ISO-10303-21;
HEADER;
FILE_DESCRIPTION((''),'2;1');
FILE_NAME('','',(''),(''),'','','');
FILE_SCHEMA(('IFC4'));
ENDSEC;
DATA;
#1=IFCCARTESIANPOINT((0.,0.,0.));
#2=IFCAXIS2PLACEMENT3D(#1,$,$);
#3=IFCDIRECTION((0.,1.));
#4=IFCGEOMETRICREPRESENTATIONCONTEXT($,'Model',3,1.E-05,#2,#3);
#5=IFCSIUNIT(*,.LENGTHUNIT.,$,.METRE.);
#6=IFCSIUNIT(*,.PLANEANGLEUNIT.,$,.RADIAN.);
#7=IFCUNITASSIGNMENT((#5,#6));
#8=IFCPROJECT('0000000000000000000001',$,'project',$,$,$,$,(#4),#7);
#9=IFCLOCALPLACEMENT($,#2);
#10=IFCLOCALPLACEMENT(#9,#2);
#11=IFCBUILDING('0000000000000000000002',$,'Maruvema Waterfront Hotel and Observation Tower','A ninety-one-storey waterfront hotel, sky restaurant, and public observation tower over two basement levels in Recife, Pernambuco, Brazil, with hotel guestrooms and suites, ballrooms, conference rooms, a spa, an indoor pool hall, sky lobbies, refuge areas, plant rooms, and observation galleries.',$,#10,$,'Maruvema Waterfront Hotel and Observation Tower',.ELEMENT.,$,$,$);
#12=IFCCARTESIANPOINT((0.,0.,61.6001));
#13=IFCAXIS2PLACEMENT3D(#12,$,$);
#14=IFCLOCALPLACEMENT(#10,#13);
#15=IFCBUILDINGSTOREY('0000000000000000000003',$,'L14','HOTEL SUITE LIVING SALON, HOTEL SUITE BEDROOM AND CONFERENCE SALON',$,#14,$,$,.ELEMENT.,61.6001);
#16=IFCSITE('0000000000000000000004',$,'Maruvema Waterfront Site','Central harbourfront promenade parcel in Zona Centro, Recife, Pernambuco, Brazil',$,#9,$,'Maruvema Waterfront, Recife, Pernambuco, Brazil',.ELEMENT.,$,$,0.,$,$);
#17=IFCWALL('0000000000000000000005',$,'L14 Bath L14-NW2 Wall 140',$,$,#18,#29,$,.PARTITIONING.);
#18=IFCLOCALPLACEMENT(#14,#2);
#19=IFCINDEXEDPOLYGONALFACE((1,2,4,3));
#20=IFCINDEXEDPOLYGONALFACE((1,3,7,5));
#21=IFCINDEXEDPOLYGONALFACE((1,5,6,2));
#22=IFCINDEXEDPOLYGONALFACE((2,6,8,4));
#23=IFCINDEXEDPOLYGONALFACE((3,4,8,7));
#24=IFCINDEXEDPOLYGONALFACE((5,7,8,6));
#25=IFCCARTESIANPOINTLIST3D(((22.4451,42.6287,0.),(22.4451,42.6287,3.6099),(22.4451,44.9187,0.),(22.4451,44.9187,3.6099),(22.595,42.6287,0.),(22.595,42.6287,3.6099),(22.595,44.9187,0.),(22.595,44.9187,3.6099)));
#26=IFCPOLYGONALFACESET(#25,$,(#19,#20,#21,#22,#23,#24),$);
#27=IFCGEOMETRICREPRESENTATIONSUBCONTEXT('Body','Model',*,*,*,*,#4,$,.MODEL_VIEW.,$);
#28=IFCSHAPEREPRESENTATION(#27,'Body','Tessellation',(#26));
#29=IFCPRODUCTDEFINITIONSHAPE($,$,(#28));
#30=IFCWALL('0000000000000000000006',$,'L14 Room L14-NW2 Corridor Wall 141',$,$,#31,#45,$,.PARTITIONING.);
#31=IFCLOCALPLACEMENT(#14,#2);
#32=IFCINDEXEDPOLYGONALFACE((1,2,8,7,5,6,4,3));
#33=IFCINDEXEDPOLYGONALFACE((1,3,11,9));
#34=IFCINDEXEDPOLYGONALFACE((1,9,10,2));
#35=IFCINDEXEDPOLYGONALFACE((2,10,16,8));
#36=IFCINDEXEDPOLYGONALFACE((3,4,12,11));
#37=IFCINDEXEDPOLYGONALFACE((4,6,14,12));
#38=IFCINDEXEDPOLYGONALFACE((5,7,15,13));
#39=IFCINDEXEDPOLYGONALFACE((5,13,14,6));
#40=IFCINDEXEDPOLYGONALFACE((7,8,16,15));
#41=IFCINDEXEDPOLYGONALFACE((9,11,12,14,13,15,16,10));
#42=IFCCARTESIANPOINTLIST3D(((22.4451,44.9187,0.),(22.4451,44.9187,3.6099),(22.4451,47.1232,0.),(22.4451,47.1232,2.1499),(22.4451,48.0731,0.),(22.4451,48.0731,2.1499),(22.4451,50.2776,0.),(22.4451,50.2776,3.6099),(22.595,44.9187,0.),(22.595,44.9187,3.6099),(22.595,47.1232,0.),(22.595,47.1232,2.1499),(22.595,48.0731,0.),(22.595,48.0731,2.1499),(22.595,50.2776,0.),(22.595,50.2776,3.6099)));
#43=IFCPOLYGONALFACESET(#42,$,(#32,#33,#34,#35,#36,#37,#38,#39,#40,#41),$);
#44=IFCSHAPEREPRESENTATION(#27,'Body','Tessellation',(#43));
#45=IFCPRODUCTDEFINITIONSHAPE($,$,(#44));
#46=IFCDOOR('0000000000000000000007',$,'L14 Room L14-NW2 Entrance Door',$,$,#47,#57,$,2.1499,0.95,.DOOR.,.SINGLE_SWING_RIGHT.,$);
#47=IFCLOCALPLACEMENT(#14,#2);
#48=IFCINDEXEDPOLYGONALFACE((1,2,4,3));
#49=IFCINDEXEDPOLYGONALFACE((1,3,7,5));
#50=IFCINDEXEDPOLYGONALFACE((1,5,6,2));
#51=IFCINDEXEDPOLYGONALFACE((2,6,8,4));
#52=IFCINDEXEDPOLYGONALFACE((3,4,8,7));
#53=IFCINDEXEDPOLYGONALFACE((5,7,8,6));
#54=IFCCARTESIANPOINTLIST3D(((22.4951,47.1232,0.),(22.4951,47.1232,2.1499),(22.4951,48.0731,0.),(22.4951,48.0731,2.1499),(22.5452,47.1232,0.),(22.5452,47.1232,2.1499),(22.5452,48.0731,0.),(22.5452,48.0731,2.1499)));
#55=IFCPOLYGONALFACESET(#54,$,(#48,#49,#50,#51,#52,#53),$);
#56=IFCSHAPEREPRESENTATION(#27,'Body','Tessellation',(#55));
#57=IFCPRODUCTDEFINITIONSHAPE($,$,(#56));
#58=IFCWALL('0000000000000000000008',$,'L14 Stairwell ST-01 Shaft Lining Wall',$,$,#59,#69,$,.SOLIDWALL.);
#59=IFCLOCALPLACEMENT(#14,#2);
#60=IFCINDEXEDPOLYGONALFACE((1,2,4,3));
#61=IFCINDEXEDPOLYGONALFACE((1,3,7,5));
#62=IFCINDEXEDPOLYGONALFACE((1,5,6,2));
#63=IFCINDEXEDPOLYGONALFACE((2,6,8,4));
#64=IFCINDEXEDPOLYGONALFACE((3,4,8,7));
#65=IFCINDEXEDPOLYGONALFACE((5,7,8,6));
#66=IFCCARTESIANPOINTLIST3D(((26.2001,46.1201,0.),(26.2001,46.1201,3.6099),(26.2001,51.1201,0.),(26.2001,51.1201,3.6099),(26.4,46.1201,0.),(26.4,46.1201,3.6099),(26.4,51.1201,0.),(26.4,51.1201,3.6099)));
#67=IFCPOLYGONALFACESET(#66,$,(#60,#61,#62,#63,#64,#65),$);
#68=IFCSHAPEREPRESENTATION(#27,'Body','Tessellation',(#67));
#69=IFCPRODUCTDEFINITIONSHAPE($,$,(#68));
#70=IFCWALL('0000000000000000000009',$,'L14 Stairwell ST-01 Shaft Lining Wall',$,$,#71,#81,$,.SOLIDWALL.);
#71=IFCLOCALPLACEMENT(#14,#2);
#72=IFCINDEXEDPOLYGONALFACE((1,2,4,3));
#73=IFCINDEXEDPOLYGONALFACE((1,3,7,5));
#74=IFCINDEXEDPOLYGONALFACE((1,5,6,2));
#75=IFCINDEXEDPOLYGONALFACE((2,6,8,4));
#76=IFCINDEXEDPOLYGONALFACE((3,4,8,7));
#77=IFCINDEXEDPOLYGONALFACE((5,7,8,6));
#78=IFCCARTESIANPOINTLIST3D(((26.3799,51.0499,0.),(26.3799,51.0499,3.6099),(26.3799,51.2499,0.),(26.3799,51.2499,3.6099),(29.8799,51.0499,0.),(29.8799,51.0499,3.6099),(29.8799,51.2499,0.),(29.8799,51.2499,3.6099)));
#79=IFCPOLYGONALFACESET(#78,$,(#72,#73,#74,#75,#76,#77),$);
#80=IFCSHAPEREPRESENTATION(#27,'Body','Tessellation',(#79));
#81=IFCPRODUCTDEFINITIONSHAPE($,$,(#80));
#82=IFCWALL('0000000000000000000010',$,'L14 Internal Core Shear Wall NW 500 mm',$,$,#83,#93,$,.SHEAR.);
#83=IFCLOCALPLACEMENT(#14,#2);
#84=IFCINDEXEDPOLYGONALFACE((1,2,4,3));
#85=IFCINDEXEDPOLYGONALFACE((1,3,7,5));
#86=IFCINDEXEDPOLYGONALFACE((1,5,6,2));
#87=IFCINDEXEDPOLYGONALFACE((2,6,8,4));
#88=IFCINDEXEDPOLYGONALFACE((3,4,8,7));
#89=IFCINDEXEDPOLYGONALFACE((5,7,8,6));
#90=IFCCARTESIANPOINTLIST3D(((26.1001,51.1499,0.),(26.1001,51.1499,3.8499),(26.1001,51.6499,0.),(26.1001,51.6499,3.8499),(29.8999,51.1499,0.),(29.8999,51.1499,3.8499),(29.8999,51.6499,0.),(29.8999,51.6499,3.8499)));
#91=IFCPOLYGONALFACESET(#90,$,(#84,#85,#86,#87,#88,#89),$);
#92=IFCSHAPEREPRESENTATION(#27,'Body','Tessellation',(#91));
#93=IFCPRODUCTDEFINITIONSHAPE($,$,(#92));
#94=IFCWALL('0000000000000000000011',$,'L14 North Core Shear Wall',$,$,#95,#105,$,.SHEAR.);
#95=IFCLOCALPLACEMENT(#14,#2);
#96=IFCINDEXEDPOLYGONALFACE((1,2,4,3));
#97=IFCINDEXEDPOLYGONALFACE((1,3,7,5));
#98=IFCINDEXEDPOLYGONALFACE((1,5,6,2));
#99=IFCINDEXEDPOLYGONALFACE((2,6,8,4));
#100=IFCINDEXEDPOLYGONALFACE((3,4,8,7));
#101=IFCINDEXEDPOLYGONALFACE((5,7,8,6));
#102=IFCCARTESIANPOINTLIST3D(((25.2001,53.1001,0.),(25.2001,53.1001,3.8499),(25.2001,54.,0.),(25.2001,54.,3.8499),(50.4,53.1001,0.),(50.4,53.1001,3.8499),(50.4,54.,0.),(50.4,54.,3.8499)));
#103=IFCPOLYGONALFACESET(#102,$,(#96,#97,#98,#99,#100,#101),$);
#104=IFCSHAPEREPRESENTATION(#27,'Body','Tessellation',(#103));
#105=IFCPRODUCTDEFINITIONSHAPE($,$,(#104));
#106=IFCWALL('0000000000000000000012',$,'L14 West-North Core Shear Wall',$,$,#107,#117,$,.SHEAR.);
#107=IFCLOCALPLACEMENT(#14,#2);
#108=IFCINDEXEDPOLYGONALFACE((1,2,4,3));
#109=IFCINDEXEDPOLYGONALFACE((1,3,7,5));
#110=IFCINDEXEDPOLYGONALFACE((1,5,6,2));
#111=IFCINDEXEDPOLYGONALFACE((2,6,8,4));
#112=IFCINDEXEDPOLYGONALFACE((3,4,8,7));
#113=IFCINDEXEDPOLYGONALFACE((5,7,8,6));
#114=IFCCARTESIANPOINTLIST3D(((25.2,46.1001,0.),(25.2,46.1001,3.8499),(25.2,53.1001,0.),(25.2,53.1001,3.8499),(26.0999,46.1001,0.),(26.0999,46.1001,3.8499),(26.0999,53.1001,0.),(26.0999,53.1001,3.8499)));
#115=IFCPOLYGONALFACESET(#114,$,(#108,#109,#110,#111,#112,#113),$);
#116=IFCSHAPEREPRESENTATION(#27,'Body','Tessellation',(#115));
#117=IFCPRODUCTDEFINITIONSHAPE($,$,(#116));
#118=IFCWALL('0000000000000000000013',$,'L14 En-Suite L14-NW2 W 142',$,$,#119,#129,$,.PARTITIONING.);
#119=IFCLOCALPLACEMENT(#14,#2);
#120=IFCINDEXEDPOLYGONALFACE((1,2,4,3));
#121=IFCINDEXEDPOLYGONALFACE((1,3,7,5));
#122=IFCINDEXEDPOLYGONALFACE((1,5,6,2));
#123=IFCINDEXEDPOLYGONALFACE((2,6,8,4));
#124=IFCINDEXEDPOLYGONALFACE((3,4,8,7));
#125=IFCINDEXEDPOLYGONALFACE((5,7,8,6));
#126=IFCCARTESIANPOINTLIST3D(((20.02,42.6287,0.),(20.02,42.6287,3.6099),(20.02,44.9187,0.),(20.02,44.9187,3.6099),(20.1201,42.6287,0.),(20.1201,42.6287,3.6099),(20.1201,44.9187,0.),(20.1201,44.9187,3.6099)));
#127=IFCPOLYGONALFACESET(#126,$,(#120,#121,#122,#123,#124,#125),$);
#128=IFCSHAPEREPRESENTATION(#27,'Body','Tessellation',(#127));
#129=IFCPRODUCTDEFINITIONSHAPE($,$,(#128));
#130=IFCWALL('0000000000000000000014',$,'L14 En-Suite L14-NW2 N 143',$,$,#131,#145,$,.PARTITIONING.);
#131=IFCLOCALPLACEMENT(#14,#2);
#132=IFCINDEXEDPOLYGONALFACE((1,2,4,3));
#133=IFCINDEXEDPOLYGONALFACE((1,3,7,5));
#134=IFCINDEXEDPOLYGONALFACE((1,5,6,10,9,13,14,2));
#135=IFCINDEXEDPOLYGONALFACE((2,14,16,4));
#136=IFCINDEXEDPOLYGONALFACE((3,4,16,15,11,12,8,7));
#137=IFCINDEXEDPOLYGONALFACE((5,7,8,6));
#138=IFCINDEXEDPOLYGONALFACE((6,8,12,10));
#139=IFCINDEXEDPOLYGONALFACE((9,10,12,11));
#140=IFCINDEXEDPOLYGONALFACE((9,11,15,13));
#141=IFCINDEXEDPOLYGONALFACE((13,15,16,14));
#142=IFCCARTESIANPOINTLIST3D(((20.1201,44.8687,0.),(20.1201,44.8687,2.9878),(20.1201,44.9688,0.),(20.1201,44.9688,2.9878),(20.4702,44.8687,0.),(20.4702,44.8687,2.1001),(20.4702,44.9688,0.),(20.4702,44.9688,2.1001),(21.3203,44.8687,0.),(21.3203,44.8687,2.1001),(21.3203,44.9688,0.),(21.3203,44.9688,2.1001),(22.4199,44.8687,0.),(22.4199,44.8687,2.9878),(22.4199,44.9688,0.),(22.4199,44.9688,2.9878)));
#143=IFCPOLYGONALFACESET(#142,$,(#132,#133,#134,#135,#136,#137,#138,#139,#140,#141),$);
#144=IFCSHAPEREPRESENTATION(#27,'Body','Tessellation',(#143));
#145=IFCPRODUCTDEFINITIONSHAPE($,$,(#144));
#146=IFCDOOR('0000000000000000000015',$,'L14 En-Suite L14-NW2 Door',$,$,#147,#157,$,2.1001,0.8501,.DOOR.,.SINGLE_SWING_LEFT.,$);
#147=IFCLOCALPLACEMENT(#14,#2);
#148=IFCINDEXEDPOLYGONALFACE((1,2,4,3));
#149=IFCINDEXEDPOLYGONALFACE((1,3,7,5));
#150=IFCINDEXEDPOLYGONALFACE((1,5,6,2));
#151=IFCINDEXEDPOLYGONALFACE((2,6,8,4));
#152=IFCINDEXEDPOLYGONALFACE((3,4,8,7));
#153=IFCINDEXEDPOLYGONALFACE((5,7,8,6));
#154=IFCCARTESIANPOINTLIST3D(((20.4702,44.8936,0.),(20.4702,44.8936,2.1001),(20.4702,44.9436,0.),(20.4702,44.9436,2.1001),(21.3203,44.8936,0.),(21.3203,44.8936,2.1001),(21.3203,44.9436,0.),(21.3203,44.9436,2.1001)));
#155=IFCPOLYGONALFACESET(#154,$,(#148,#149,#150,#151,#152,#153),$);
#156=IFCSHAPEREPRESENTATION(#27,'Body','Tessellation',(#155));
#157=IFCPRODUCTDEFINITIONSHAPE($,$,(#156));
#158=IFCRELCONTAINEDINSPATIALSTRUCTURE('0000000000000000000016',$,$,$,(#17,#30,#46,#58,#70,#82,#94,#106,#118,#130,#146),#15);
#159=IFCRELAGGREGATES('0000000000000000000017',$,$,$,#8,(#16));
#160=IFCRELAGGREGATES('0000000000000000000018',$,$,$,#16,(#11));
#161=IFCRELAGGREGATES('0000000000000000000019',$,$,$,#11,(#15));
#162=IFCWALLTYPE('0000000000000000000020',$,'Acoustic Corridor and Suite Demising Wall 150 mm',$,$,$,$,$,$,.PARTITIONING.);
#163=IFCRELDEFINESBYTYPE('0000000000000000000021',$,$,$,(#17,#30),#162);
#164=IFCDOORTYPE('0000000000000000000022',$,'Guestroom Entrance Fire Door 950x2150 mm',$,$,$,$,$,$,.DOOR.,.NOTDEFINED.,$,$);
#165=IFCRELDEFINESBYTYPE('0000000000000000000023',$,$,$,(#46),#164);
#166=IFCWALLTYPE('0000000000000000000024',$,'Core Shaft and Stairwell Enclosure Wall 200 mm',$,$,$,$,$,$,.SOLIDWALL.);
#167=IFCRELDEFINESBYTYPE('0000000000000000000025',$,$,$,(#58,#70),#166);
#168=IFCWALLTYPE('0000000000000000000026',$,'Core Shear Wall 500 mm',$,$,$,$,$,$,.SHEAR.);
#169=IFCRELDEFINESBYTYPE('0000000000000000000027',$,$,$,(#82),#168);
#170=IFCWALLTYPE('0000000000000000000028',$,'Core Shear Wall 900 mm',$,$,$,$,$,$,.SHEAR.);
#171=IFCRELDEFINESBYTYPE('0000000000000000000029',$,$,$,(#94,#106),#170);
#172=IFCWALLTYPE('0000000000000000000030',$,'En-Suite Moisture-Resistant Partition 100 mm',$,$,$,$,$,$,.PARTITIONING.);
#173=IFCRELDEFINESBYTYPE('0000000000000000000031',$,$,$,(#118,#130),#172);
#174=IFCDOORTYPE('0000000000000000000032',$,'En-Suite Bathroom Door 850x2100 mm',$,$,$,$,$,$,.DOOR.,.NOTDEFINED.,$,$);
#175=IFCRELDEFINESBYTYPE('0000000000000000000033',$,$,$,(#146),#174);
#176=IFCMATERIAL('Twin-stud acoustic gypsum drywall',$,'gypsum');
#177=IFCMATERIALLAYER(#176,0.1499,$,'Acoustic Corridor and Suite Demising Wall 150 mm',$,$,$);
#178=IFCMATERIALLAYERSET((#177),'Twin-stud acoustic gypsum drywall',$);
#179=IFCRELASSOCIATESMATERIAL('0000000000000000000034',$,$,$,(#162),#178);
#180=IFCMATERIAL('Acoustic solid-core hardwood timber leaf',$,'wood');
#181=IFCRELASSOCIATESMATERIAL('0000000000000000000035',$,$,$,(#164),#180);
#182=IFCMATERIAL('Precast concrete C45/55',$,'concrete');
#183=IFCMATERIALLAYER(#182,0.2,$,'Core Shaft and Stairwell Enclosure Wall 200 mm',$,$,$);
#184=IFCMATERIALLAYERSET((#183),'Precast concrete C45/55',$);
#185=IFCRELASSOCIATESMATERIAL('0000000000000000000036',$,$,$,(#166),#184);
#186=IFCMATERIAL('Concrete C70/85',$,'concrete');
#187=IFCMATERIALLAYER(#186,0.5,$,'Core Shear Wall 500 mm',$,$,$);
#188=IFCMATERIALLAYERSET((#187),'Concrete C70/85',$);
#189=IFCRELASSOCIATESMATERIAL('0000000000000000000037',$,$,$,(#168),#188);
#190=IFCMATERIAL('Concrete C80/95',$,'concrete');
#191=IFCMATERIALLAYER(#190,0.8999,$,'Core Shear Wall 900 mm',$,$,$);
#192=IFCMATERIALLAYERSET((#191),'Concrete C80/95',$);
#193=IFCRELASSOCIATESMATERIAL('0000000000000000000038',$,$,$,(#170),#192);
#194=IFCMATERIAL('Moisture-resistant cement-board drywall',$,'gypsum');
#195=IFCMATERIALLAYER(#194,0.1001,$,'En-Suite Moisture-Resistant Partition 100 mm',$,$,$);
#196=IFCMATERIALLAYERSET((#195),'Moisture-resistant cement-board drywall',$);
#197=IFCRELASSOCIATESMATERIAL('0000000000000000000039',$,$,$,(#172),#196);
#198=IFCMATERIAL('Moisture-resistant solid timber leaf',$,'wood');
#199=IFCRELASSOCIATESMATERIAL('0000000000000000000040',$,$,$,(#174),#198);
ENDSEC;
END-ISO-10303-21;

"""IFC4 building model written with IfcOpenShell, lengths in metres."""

from ifc_helpers import new_model, si_unit, direction, frame, frame_2d, origin, place, context, subcontext, project, spatial, rectangle, extrude, material, layer, layer_set, type_object, element, fill, save


model = new_model("IFC4")

# Units and contexts
model_context = context("Model", 3, precision=1e-05, world=origin(), true_north=direction((0.0, 1.0)))
body_context = subcontext(model_context, "Body", "Model", "MODEL_VIEW")
ifc_project = project(units=[si_unit("LENGTHUNIT", "METRE"), si_unit("PLANEANGLEUNIT", "RADIAN")], contexts=[model_context])

# Site, building, storey
site_placement = place(None, origin())
site = spatial("IfcSite", under=ifc_project, at=site_placement, Name="Maruvema Waterfront Site", Description="Central harbourfront promenade parcel in Zona Centro, Recife, Pernambuco, Brazil", LongName="Maruvema Waterfront, Recife, Pernambuco, Brazil", CompositionType="ELEMENT", RefElevation=0.0)
building_placement = place(site_placement, origin())
building = spatial("IfcBuilding", under=site, at=building_placement, Name="Maruvema Waterfront Hotel and Observation Tower", Description="A ninety-one-storey waterfront hotel, sky restaurant, and public observation tower over two basement levels in Recife, Pernambuco, Brazil, with hotel guestrooms and suites, ballrooms, conference rooms, a spa, an indoor pool hall, sky lobbies, refuge areas, plant rooms, and observation galleries.", LongName="Maruvema Waterfront Hotel and Observation Tower", CompositionType="ELEMENT")
storey_placement = place(building_placement, frame((0.0, 0.0, 61.6001)))
storey = spatial("IfcBuildingStorey", under=building, at=storey_placement, Name="L14", Description="HOTEL SUITE LIVING SALON, HOTEL SUITE BEDROOM AND CONFERENCE SALON", CompositionType="ELEMENT", Elevation=61.6001)

# Wall
ifc_material_1 = material(Name="Twin-stud acoustic gypsum drywall", Category="gypsum")
ifc_layer_1 = layer(ifc_material_1, 0.1499, Name="Acoustic Corridor and Suite Demising Wall 150 mm")
ifc_layer_set_1 = layer_set([ifc_layer_1], Name="Twin-stud acoustic gypsum drywall")
wall_type_1 = type_object("IfcWallType", Name="Acoustic Corridor and Suite Demising Wall 150 mm", PredefinedType="PARTITIONING", material=ifc_layer_set_1)
wall_1_placement = place(storey_placement, frame((22.52, 42.6287, 0.0), z_axis=(0.0, 0.0, 1.0), x_axis=(0.0, 1.0, 0.0)))
element("IfcWall", 1, at=wall_1_placement, inside=storey, type_object=wall_type_1, Name="L14 Bath L14-NW2 Wall 140", PredefinedType="PARTITIONING", context=body_context, shape_type="SweptSolid", body=[
    extrude(rectangle(XDim=2.29, YDim=0.1499, at=frame_2d((1.145, 0.0))), origin(), (0.0, 0.0, 1.0), 3.6099),
])

# Wall, opening, door
wall_2_placement = place(storey_placement, frame((22.52, 44.9187, 0.0), z_axis=(0.0, 0.0, 1.0), x_axis=(0.0, 1.0, 0.0)))
wall_2 = element("IfcWall", 2, at=wall_2_placement, inside=storey, type_object=wall_type_1, Name="L14 Room L14-NW2 Corridor Wall 141", PredefinedType="PARTITIONING", context=body_context, shape_type="SweptSolid", body=[
    extrude(rectangle(XDim=5.3589, YDim=0.1499, at=frame_2d((2.6794, 0.0))), origin(), (0.0, 0.0, 1.0), 3.6099),
])
opening_1_placement = place(wall_2_placement, frame((2.2043, 0.0, 0.0)))
opening_1 = element("IfcOpeningElement", 3, at=opening_1_placement, cuts=wall_2, PredefinedType="OPENING", context=body_context, shape_type="SweptSolid", body=[
    extrude(rectangle(XDim=0.95, YDim=2.1499, at=frame_2d((0.4751, 1.075))), frame((0.0, 0.085, 0.0), z_axis=(0.0, -1.0, 0.0), x_axis=(1.0, 0.0, 0.0)), (0.0, 0.0, 1.0), 0.1699),
])
ifc_material_2 = material(Name="Acoustic solid-core hardwood timber leaf", Category="wood")
door_type_1 = type_object("IfcDoorType", Name="Guestroom Entrance Fire Door 950x2150 mm", OperationType="NOTDEFINED", PredefinedType="DOOR", material=ifc_material_2)
door_1_placement = place(opening_1_placement, origin())
door_1 = element("IfcDoor", 4, at=door_1_placement, inside=storey, type_object=door_type_1, Name="L14 Room L14-NW2 Entrance Door", OperationType="SINGLE_SWING_RIGHT", OverallHeight=2.1499, OverallWidth=0.95, PredefinedType="DOOR", context=body_context, shape_type="SweptSolid", body=[
    extrude(rectangle(XDim=0.95, YDim=2.1499, at=frame_2d((0.4751, 1.075))), frame((0.0, 0.0249, 0.0), z_axis=(0.0, -1.0, 0.0), x_axis=(1.0, 0.0, 0.0)), (0.0, 0.0, 1.0), 0.05),
])
fill(opening_1, door_1)

# Walls
ifc_material_3 = material(Name="Precast concrete C45/55", Category="concrete")
ifc_layer_2 = layer(ifc_material_3, 0.2, Name="Core Shaft and Stairwell Enclosure Wall 200 mm")
ifc_layer_set_2 = layer_set([ifc_layer_2], Name="Precast concrete C45/55")
wall_type_2 = type_object("IfcWallType", Name="Core Shaft and Stairwell Enclosure Wall 200 mm", PredefinedType="SOLIDWALL", material=ifc_layer_set_2)
wall_3_placement = place(storey_placement, frame((26.3, 46.1201, 0.0), z_axis=(0.0, 0.0, 1.0), x_axis=(0.0, 1.0, 0.0)))
element("IfcWall", 5, at=wall_3_placement, inside=storey, type_object=wall_type_2, Name="L14 Stairwell ST-01 Shaft Lining Wall", PredefinedType="SOLIDWALL", context=body_context, shape_type="SweptSolid", body=[
    extrude(rectangle(XDim=5.0, YDim=0.2, at=frame_2d((2.5, 0.0))), origin(), (0.0, 0.0, 1.0), 3.6099),
])
wall_4_placement = place(storey_placement, frame((26.3799, 51.1499, 0.0), z_axis=(0.0, 0.0, 1.0), x_axis=(1.0, 0.0, 0.0)))
element("IfcWall", 6, at=wall_4_placement, inside=storey, type_object=wall_type_2, Name="L14 Stairwell ST-01 Shaft Lining Wall", PredefinedType="SOLIDWALL", context=body_context, shape_type="SweptSolid", body=[
    extrude(rectangle(XDim=3.5, YDim=0.2, at=frame_2d((1.75, 0.0))), origin(), (0.0, 0.0, 1.0), 3.6099),
])
ifc_material_4 = material(Name="Concrete C70/85", Category="concrete")
ifc_layer_3 = layer(ifc_material_4, 0.5, Name="Core Shear Wall 500 mm")
ifc_layer_set_3 = layer_set([ifc_layer_3], Name="Concrete C70/85")
wall_type_3 = type_object("IfcWallType", Name="Core Shear Wall 500 mm", PredefinedType="SHEAR", material=ifc_layer_set_3)
wall_5_placement = place(storey_placement, frame((26.1001, 51.3999, 0.0), z_axis=(0.0, 0.0, 1.0), x_axis=(1.0, 0.0, 0.0)))
element("IfcWall", 7, at=wall_5_placement, inside=storey, type_object=wall_type_3, Name="L14 Internal Core Shear Wall NW 500 mm", PredefinedType="SHEAR", context=body_context, shape_type="SweptSolid", body=[
    extrude(rectangle(XDim=3.7998, YDim=0.5, at=frame_2d((1.8999, 0.0))), origin(), (0.0, 0.0, 1.0), 3.8499),
])
ifc_material_5 = material(Name="Concrete C80/95", Category="concrete")
ifc_layer_4 = layer(ifc_material_5, 0.8999, Name="Core Shear Wall 900 mm")
ifc_layer_set_4 = layer_set([ifc_layer_4], Name="Concrete C80/95")
wall_type_4 = type_object("IfcWallType", Name="Core Shear Wall 900 mm", PredefinedType="SHEAR", material=ifc_layer_set_4)
wall_6_placement = place(storey_placement, frame((25.2, 53.55, 0.0), z_axis=(0.0, 0.0, 1.0), x_axis=(1.0, 0.0, 0.0)))
element("IfcWall", 8, at=wall_6_placement, inside=storey, type_object=wall_type_4, Name="L14 North Core Shear Wall", PredefinedType="SHEAR", context=body_context, shape_type="SweptSolid", body=[
    extrude(rectangle(XDim=25.2, YDim=0.8999, at=frame_2d((12.6001, 0.0))), origin(), (0.0, 0.0, 1.0), 3.8499),
])
wall_7_placement = place(storey_placement, frame((25.6499, 46.1001, 0.0), z_axis=(0.0, 0.0, 1.0), x_axis=(0.0, 1.0, 0.0)))
element("IfcWall", 9, at=wall_7_placement, inside=storey, type_object=wall_type_4, Name="L14 West-North Core Shear Wall", PredefinedType="SHEAR", context=body_context, shape_type="SweptSolid", body=[
    extrude(rectangle(XDim=7.0, YDim=0.8999, at=frame_2d((3.5, 0.0))), origin(), (0.0, 0.0, 1.0), 3.8499),
])
ifc_material_6 = material(Name="Moisture-resistant cement-board drywall", Category="gypsum")
ifc_layer_5 = layer(ifc_material_6, 0.1001, Name="En-Suite Moisture-Resistant Partition 100 mm")
ifc_layer_set_5 = layer_set([ifc_layer_5], Name="Moisture-resistant cement-board drywall")
wall_type_5 = type_object("IfcWallType", Name="En-Suite Moisture-Resistant Partition 100 mm", PredefinedType="PARTITIONING", material=ifc_layer_set_5)
wall_8_placement = place(storey_placement, frame((20.0701, 42.6287, 0.0), z_axis=(0.0, 0.0, 1.0), x_axis=(0.0, 1.0, 0.0)))
element("IfcWall", 10, at=wall_8_placement, inside=storey, type_object=wall_type_5, Name="L14 En-Suite L14-NW2 W 142", PredefinedType="PARTITIONING", context=body_context, shape_type="SweptSolid", body=[
    extrude(rectangle(XDim=2.29, YDim=0.1001, at=frame_2d((1.145, 0.0))), origin(), (0.0, 0.0, 1.0), 3.6099),
])

# Wall, opening, door
wall_9_placement = place(storey_placement, frame((20.1201, 44.9187, 0.0), z_axis=(0.0, 0.0, 1.0), x_axis=(1.0, 0.0, 0.0)))
wall_9 = element("IfcWall", 11, at=wall_9_placement, inside=storey, type_object=wall_type_5, Name="L14 En-Suite L14-NW2 N 143", PredefinedType="PARTITIONING", context=body_context, shape_type="SweptSolid", body=[
    extrude(rectangle(XDim=2.2998, YDim=0.1001, at=frame_2d((1.1499, 0.0))), origin(), (0.0, 0.0, 1.0), 2.9878),
])
opening_2_placement = place(wall_9_placement, frame((0.3501, 0.0, 0.0)))
opening_2 = element("IfcOpeningElement", 12, at=opening_2_placement, cuts=wall_9, PredefinedType="OPENING", context=body_context, shape_type="SweptSolid", body=[
    extrude(rectangle(XDim=0.8501, YDim=2.1001, at=frame_2d((0.425, 1.05))), frame((0.0, 0.0601, 0.0), z_axis=(0.0, -1.0, 0.0), x_axis=(1.0, 0.0, 0.0)), (0.0, 0.0, 1.0), 0.1201),
])
ifc_material_7 = material(Name="Moisture-resistant solid timber leaf", Category="wood")
door_type_2 = type_object("IfcDoorType", Name="En-Suite Bathroom Door 850x2100 mm", OperationType="NOTDEFINED", PredefinedType="DOOR", material=ifc_material_7)
door_2_placement = place(opening_2_placement, origin())
door_2 = element("IfcDoor", 13, at=door_2_placement, inside=storey, type_object=door_type_2, Name="L14 En-Suite L14-NW2 Door", OperationType="SINGLE_SWING_LEFT", OverallHeight=2.1001, OverallWidth=0.8501, PredefinedType="DOOR", context=body_context, shape_type="SweptSolid", body=[
    extrude(rectangle(XDim=0.8501, YDim=2.1001, at=frame_2d((0.425, 1.05))), frame((0.0, 0.0249, 0.0), z_axis=(0.0, -1.0, 0.0), x_axis=(1.0, 0.0, 0.0)), (0.0, 0.0, 1.0), 0.05),
])
fill(opening_2, door_2)

save(model, "model.ifc")
